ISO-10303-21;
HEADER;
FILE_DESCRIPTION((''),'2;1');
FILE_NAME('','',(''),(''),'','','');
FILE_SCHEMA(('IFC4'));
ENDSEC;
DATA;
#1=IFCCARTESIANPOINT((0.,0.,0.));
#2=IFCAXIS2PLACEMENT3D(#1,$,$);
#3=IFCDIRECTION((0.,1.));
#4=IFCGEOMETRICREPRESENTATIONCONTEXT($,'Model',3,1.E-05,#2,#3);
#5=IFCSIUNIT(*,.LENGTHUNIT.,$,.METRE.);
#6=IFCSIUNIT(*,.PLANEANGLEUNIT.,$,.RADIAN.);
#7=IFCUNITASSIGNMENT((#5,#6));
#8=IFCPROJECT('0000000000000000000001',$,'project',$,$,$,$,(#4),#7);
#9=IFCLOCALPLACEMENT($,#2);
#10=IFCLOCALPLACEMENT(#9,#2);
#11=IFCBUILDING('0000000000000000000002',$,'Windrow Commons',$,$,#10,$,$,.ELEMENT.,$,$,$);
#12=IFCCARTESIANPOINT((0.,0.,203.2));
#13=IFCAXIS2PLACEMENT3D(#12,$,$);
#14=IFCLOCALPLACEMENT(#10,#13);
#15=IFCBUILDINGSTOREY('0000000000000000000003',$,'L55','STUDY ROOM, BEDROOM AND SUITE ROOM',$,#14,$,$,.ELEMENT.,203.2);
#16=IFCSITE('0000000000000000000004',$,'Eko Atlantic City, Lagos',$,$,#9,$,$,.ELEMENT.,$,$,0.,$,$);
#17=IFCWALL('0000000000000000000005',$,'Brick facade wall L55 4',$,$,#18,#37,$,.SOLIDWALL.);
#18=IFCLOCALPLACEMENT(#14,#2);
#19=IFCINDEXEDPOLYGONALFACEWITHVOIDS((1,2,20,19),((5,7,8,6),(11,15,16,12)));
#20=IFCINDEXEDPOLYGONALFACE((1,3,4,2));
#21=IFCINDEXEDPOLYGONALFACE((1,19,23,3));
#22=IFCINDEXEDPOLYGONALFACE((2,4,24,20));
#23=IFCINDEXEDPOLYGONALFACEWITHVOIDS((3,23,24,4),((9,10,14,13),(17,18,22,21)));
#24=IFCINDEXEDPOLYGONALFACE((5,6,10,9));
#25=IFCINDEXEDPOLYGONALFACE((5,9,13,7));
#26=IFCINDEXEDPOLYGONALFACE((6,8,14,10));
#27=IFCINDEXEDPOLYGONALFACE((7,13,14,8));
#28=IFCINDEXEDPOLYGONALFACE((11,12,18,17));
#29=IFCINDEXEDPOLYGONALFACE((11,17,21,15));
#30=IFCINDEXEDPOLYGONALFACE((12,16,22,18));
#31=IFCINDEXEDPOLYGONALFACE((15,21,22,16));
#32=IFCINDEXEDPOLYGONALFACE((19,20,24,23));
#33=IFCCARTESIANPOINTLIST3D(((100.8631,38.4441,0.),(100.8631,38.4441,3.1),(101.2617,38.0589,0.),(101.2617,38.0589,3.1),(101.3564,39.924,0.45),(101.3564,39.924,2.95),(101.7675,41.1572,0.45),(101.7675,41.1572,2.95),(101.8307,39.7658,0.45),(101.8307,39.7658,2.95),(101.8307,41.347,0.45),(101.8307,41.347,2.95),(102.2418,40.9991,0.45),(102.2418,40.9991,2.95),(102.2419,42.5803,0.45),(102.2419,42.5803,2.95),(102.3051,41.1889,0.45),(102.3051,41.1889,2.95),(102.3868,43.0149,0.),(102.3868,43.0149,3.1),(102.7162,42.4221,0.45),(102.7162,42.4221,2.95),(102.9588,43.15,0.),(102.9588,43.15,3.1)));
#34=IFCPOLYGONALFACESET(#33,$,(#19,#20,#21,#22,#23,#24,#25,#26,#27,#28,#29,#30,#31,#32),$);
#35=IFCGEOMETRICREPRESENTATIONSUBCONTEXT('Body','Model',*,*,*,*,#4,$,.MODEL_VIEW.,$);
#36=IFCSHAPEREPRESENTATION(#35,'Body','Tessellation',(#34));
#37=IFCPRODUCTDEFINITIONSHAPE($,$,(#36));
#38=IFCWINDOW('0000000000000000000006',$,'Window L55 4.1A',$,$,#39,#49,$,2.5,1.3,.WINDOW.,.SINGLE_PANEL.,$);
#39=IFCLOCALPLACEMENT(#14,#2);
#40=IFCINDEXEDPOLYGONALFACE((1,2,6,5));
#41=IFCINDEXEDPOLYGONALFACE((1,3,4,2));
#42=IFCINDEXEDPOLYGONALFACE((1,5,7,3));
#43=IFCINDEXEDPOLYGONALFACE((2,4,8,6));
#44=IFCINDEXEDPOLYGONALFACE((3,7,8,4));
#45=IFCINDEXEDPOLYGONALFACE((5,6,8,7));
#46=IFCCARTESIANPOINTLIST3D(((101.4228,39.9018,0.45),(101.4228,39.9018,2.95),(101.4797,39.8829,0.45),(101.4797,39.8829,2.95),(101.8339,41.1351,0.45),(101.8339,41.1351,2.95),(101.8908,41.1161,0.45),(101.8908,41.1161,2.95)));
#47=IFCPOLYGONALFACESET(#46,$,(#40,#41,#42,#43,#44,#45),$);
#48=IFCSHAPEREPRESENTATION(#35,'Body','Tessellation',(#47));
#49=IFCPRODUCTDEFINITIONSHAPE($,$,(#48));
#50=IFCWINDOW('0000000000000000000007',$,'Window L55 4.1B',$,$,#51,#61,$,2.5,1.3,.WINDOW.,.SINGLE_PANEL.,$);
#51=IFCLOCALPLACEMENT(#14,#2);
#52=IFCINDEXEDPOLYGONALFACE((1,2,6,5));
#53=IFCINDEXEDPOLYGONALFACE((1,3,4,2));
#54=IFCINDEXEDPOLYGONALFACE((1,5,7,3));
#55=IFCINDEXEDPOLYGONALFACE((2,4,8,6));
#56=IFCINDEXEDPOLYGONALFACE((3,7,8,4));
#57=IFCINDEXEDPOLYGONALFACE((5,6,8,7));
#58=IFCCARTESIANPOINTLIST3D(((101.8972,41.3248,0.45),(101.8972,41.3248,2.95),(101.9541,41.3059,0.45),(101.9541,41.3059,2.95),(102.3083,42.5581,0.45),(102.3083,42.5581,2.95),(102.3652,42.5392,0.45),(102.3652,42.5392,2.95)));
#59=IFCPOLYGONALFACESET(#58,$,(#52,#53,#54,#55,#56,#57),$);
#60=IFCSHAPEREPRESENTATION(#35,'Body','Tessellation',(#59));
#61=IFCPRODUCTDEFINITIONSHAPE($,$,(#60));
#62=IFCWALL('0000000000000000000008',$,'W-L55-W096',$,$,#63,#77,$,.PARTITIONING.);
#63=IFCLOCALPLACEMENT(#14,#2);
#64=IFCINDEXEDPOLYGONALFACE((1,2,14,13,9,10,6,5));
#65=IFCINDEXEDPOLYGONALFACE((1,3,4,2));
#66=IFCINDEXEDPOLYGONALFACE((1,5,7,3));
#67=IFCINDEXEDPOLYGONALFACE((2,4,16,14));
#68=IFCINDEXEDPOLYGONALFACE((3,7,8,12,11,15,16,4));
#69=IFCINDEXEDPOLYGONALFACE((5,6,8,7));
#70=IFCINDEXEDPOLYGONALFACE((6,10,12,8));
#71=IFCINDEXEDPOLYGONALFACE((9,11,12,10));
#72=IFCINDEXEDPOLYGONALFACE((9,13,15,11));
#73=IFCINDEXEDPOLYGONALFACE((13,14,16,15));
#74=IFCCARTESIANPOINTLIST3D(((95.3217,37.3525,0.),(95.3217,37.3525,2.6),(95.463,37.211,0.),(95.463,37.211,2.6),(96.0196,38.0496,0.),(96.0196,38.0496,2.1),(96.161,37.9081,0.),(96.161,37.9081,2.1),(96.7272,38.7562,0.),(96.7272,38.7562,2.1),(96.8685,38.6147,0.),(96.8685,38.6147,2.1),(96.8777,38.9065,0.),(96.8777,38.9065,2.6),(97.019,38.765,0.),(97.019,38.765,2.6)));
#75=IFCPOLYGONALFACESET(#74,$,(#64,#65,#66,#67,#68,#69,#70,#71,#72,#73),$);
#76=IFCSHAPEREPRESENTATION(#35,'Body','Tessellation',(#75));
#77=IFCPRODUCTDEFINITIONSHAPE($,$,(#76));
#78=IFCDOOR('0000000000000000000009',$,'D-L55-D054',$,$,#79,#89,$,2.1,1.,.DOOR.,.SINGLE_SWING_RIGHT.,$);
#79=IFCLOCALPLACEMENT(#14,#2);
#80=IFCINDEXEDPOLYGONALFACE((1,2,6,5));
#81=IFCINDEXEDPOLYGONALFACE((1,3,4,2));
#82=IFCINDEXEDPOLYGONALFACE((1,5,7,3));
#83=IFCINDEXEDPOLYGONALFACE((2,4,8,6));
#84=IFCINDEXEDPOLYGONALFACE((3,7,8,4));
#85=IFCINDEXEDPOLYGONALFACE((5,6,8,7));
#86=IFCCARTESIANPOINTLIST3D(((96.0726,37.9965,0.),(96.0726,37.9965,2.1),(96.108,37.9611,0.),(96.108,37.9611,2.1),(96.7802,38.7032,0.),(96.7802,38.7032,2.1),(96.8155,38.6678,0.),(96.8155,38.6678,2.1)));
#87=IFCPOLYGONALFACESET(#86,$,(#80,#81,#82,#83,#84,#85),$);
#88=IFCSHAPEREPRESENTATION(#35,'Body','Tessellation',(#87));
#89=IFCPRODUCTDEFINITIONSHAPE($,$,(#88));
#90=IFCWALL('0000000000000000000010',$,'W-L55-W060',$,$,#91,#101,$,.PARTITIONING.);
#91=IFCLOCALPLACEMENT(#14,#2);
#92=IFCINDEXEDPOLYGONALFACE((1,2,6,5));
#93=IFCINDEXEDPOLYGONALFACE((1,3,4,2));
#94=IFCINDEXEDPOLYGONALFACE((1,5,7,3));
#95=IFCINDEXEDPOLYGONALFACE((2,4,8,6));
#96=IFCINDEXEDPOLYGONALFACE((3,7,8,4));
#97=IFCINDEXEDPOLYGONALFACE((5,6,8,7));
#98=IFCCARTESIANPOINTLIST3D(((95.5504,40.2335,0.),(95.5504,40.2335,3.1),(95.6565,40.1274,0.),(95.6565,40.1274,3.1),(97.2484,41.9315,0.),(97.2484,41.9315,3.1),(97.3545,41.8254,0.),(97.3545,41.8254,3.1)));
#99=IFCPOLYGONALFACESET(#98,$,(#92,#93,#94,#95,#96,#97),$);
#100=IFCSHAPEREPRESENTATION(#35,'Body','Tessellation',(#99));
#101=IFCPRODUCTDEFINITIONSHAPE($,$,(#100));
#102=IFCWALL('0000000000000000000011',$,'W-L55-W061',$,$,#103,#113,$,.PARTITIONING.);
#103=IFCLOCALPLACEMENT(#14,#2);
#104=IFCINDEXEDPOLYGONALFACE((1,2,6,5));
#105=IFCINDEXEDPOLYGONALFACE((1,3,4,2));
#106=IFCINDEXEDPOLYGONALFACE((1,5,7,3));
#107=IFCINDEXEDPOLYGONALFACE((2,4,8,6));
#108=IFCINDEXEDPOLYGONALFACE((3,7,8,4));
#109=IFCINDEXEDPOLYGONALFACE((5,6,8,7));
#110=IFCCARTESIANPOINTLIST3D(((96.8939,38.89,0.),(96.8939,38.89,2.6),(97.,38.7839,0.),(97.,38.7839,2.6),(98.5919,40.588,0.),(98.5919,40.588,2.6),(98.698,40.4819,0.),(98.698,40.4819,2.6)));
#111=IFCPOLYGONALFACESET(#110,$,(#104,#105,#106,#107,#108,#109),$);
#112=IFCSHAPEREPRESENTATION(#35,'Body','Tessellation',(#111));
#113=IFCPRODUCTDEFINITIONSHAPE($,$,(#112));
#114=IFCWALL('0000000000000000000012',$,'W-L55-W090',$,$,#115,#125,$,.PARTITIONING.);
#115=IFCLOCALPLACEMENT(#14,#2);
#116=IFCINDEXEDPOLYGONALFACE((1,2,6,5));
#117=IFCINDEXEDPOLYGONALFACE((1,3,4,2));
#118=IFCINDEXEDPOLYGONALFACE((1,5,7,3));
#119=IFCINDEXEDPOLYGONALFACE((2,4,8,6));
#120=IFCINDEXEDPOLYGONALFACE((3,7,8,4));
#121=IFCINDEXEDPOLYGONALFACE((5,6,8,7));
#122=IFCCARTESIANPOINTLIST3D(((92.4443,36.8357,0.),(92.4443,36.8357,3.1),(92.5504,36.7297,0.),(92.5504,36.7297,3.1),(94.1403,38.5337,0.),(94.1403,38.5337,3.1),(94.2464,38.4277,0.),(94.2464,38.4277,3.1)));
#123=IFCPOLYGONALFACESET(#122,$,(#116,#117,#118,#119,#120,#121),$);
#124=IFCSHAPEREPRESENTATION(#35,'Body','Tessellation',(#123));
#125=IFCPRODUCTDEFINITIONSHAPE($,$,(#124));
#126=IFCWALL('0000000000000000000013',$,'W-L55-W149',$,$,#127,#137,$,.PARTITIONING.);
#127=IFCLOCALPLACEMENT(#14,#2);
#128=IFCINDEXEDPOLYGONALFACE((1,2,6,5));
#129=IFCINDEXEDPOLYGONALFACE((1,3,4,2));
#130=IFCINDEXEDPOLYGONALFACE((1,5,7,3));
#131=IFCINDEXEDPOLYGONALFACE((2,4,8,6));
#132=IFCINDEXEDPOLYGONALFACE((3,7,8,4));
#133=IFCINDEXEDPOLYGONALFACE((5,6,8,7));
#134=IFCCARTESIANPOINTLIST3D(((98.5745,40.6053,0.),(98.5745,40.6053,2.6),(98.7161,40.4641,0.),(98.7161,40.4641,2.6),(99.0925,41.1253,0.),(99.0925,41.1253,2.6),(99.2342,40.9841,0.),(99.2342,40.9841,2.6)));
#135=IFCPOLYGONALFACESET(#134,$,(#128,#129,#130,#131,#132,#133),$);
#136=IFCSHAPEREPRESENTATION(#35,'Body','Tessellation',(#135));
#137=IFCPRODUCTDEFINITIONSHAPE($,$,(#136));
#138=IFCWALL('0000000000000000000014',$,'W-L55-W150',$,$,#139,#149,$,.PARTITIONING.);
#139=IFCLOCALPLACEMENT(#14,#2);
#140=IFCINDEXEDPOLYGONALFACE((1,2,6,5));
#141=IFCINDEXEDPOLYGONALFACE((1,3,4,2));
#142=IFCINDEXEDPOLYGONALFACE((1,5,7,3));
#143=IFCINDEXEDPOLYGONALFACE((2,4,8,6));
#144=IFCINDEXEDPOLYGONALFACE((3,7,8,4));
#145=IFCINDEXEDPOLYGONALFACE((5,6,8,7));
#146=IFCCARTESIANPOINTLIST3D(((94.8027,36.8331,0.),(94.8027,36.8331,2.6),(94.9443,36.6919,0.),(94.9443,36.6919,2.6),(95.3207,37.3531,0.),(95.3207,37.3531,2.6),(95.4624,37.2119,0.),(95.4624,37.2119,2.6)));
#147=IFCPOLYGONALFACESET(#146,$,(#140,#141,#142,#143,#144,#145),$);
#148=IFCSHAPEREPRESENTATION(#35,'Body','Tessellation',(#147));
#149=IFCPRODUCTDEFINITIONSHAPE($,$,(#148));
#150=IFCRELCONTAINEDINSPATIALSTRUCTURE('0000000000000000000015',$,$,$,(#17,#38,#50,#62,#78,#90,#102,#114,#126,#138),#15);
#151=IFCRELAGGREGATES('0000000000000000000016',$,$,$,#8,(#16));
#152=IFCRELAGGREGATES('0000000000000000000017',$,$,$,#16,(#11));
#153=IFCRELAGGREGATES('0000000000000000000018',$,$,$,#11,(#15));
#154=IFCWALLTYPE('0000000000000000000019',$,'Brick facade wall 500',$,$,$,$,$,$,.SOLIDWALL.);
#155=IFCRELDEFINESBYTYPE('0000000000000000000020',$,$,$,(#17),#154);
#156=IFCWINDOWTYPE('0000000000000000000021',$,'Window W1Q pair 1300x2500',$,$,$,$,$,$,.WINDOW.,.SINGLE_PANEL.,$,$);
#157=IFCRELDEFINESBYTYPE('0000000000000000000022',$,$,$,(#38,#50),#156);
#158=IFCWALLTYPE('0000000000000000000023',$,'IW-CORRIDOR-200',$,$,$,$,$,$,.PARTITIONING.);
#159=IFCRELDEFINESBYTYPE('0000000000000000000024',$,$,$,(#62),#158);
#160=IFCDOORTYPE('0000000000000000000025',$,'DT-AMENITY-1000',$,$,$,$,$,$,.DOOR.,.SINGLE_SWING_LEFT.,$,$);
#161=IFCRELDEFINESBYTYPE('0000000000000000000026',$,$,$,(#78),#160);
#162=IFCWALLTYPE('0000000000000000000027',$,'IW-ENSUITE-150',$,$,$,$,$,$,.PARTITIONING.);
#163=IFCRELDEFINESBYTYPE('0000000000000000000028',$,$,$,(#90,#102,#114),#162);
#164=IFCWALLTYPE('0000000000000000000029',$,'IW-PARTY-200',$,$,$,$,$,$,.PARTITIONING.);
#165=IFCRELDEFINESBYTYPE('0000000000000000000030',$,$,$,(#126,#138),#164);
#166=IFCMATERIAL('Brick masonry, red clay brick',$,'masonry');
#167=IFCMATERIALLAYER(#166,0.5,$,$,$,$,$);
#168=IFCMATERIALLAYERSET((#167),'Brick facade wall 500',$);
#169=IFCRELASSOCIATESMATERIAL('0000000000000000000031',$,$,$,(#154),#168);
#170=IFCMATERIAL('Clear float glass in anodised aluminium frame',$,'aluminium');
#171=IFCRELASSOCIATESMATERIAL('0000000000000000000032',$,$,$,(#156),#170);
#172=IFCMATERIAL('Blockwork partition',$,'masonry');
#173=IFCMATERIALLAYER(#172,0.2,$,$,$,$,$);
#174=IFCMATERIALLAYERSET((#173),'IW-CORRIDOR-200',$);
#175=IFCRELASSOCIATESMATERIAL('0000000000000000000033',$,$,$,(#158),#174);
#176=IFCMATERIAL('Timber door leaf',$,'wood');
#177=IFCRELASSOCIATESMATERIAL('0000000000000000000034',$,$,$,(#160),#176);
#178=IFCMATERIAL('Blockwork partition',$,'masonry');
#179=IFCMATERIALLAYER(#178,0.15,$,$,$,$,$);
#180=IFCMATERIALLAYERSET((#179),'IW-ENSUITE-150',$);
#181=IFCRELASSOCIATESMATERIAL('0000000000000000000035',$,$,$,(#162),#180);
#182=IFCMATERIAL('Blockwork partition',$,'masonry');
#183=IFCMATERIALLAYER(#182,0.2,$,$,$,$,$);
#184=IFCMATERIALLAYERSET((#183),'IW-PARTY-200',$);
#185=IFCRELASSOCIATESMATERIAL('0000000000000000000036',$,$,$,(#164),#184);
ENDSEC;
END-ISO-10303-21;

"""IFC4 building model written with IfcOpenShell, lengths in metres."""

from ifc_helpers import new_model, si_unit, direction, frame, frame_2d, origin, place, context, subcontext, project, spatial, polyline, rectangle, outline, extrude, material, layer, layer_set, type_object, element, fill, save


model = new_model("IFC4")

# Units and contexts
model_context = context("Model", 3, precision=1e-05, world=origin(), true_north=direction((0.0, 1.0)))
body_context = subcontext(model_context, "Body", "Model", "MODEL_VIEW")
ifc_project = project(units=[si_unit("LENGTHUNIT", "METRE"), si_unit("PLANEANGLEUNIT", "RADIAN")], contexts=[model_context])

# Site, building, storey
site_placement = place(None, origin())
site = spatial("IfcSite", under=ifc_project, at=site_placement, Name="Eko Atlantic City, Lagos", CompositionType="ELEMENT", RefElevation=0.0)
building_placement = place(site_placement, origin())
building = spatial("IfcBuilding", under=site, at=building_placement, Name="Windrow Commons", CompositionType="ELEMENT")
storey_placement = place(building_placement, frame((0.0, 0.0, 203.2)))
storey = spatial("IfcBuildingStorey", under=building, at=storey_placement, Name="L55", Description="STUDY ROOM, BEDROOM AND SUITE ROOM", CompositionType="ELEMENT", Elevation=203.2)

# Wall, openings, windows
ifc_material_1 = material(Name="Brick masonry, red clay brick", Category="masonry")
ifc_layer_1 = layer(ifc_material_1, 0.5)
ifc_layer_set_1 = layer_set([ifc_layer_1], Name="Brick facade wall 500")
wall_type_1 = type_object("IfcWallType", Name="Brick facade wall 500", PredefinedType="SOLIDWALL", material=ifc_layer_set_1)
ifc_material_2 = material(Name="Clear float glass in anodised aluminium frame", Category="aluminium")
window_type = type_object("IfcWindowType", Name="Window W1Q pair 1300x2500", PartitioningType="SINGLE_PANEL", PredefinedType="WINDOW", material=ifc_material_2)
wall_1_placement = place(storey_placement, frame((101.0624, 38.2515, 0.0), z_axis=(0.0, 0.0, 1.0), x_axis=(0.31624, 0.948679, 0.0)))
wall_1 = element("IfcWall", 1, at=wall_1_placement, inside=storey, type_object=wall_type_1, Name="Brick facade wall L55 4", PredefinedType="SOLIDWALL", context=body_context, shape_type="SweptSolid", body=[
    extrude(outline(polyline([(-0.1197, -0.25), (5.2468, -0.25), (4.9378, 0.25), (0.1197, 0.25), (-0.1197, -0.25)])), origin(), (0.0, 0.0, 1.0), 3.1),
])
opening_1_placement = place(wall_1_placement, frame((1.6796, 0.0, 0.45)))
opening_1 = element("IfcOpeningElement", 2, at=opening_1_placement, cuts=wall_1, PredefinedType="OPENING", context=body_context, shape_type="SweptSolid", body=[
    extrude(rectangle(XDim=1.3, YDim=2.5, at=frame_2d((0.65, 1.25))), frame((0.0, 0.26, 0.0), z_axis=(0.0, -1.0, 0.0), x_axis=(1.0, 0.0, 0.0)), (0.0, 0.0, 1.0), 0.52),
])
opening_2_placement = place(wall_1_placement, frame((3.1796, 0.0, 0.45)))
opening_2 = element("IfcOpeningElement", 3, at=opening_2_placement, cuts=wall_1, PredefinedType="OPENING", context=body_context, shape_type="SweptSolid", body=[
    extrude(rectangle(XDim=1.3, YDim=2.5, at=frame_2d((0.65, 1.25))), frame((0.0, 0.26, 0.0), z_axis=(0.0, -1.0, 0.0), x_axis=(1.0, 0.0, 0.0)), (0.0, 0.0, 1.0), 0.52),
])
window_1_placement = place(opening_1_placement, origin())
window_1 = element("IfcWindow", 4, at=window_1_placement, inside=storey, type_object=window_type, Name="Window L55 4.1A", OverallHeight=2.5, OverallWidth=1.3, PartitioningType="SINGLE_PANEL", PredefinedType="WINDOW", context=body_context, shape_type="SweptSolid", body=[
    extrude(rectangle(XDim=1.3, YDim=2.5, at=frame_2d((0.65, 1.25))), frame((0.0, 0.18, 0.0), z_axis=(0.0, -1.0, 0.0), x_axis=(1.0, 0.0, 0.0)), (0.0, 0.0, 1.0), 0.06),
])
fill(opening_1, window_1)
window_2_placement = place(opening_2_placement, origin())
window_2 = element("IfcWindow", 5, at=window_2_placement, inside=storey, type_object=window_type, Name="Window L55 4.1B", OverallHeight=2.5, OverallWidth=1.3, PartitioningType="SINGLE_PANEL", PredefinedType="WINDOW", context=body_context, shape_type="SweptSolid", body=[
    extrude(rectangle(XDim=1.3, YDim=2.5, at=frame_2d((0.65, 1.25))), frame((0.0, 0.18, 0.0), z_axis=(0.0, -1.0, 0.0), x_axis=(1.0, 0.0, 0.0)), (0.0, 0.0, 1.0), 0.06),
])
fill(opening_2, window_2)

# Wall, opening, door
ifc_material_3 = material(Name="Blockwork partition", Category="masonry")
ifc_layer_2 = layer(ifc_material_3, 0.2)
ifc_layer_set_2 = layer_set([ifc_layer_2], Name="IW-CORRIDOR-200")
wall_type_2 = type_object("IfcWallType", Name="IW-CORRIDOR-200", PredefinedType="PARTITIONING", material=ifc_layer_set_2)
wall_2_placement = place(storey_placement, frame((95.3923, 37.2817, 0.0), z_axis=(0.0, 0.0, 1.0), x_axis=(0.707561, 0.706652, 0.0)))
wall_2 = element("IfcWall", 6, at=wall_2_placement, inside=storey, type_object=wall_type_2, Name="W-L55-W096", PredefinedType="PARTITIONING", context=body_context, shape_type="SweptSolid", body=[
    extrude(rectangle(XDim=2.1991, YDim=0.2, at=frame_2d((1.0996, 0.0))), origin(), (0.0, 0.0, 1.0), 2.6),
])
opening_3_placement = place(wall_2_placement, frame((0.9865, 0.0, 0.0)))
opening_3 = element("IfcOpeningElement", 7, at=opening_3_placement, cuts=wall_2, PredefinedType="OPENING", context=body_context, shape_type="SweptSolid", body=[
    extrude(rectangle(XDim=1.0, YDim=2.1, at=frame_2d((0.5, 1.05))), frame((0.0, 0.11, 0.0), z_axis=(0.0, -1.0, 0.0), x_axis=(1.0, 0.0, 0.0)), (0.0, 0.0, 1.0), 0.22),
])
ifc_material_4 = material(Name="Timber door leaf", Category="wood")
door_type = type_object("IfcDoorType", Name="DT-AMENITY-1000", OperationType="SINGLE_SWING_LEFT", PredefinedType="DOOR", material=ifc_material_4)
door_placement = place(opening_3_placement, origin())
door = element("IfcDoor", 8, at=door_placement, inside=storey, type_object=door_type, Name="D-L55-D054", OperationType="SINGLE_SWING_RIGHT", OverallHeight=2.1, OverallWidth=1.0, PredefinedType="DOOR", context=body_context, shape_type="SweptSolid", body=[
    extrude(rectangle(XDim=1.0, YDim=2.1, at=frame_2d((0.5, 1.05))), frame((0.0, 0.025, 0.0), z_axis=(0.0, -1.0, 0.0), x_axis=(1.0, 0.0, 0.0)), (0.0, 0.0, 1.0), 0.05),
])
fill(opening_3, door)

# Walls
ifc_material_5 = material(Name="Blockwork partition", Category="masonry")
ifc_layer_3 = layer(ifc_material_5, 0.15)
ifc_layer_set_3 = layer_set([ifc_layer_3], Name="IW-ENSUITE-150")
wall_type_3 = type_object("IfcWallType", Name="IW-ENSUITE-150", PredefinedType="PARTITIONING", material=ifc_layer_set_3)
wall_3_placement = place(storey_placement, frame((95.6035, 40.1805, 0.0), z_axis=(0.0, 0.0, 1.0), x_axis=(0.707107, 0.707107, 0.0)))
element("IfcWall", 9, at=wall_3_placement, inside=storey, type_object=wall_type_3, Name="W-L55-W060", PredefinedType="PARTITIONING", context=body_context, shape_type="SweptSolid", body=[
    extrude(rectangle(XDim=2.4013, YDim=0.15, at=frame_2d((1.2006, 0.0))), origin(), (0.0, 0.0, 1.0), 3.1),
])
wall_4_placement = place(storey_placement, frame((96.947, 38.837, 0.0), z_axis=(0.0, 0.0, 1.0), x_axis=(0.707107, 0.707107, 0.0)))
element("IfcWall", 10, at=wall_4_placement, inside=storey, type_object=wall_type_3, Name="W-L55-W061", PredefinedType="PARTITIONING", context=body_context, shape_type="SweptSolid", body=[
    extrude(rectangle(XDim=2.4013, YDim=0.15, at=frame_2d((1.2006, 0.0))), origin(), (0.0, 0.0, 1.0), 2.6),
])
wall_5_placement = place(storey_placement, frame((92.4973, 36.7827, 0.0), z_axis=(0.0, 0.0, 1.0), x_axis=(0.70669, 0.707523, 0.0)))
element("IfcWall", 11, at=wall_5_placement, inside=storey, type_object=wall_type_3, Name="W-L55-W090", PredefinedType="PARTITIONING", context=body_context, shape_type="SweptSolid", body=[
    extrude(rectangle(XDim=2.3999, YDim=0.15, at=frame_2d((1.2, 0.0))), origin(), (0.0, 0.0, 1.0), 3.1),
])
ifc_material_6 = material(Name="Blockwork partition", Category="masonry")
ifc_layer_4 = layer(ifc_material_6, 0.2)
ifc_layer_set_4 = layer_set([ifc_layer_4], Name="IW-PARTY-200")
wall_type_4 = type_object("IfcWallType", Name="IW-PARTY-200", PredefinedType="PARTITIONING", material=ifc_layer_set_4)
for number, where, z_axis, x_axis, name in (
    (12, (98.6453, 40.5347, 0.0), (0.0, 0.0, 1.0), (0.705743, 0.708468, 0.0), "W-L55-W149"),
    (13, (94.8735, 36.7625, 0.0), (0.0, 0.0, 1.0), (0.705743, 0.708468, 0.0), "W-L55-W150"),
):
    element("IfcWall", number, at=place(storey_placement, frame(where, z_axis=z_axis, x_axis=x_axis)), inside=storey, type_object=wall_type_4, Name=name, PredefinedType="PARTITIONING", context=body_context, shape_type="SweptSolid", body=[
        extrude(rectangle(XDim=0.734, YDim=0.2, at=frame_2d((0.367, 0.0))), origin(), (0.0, 0.0, 1.0), 2.6),
    ])

save(model, "model.ifc")
